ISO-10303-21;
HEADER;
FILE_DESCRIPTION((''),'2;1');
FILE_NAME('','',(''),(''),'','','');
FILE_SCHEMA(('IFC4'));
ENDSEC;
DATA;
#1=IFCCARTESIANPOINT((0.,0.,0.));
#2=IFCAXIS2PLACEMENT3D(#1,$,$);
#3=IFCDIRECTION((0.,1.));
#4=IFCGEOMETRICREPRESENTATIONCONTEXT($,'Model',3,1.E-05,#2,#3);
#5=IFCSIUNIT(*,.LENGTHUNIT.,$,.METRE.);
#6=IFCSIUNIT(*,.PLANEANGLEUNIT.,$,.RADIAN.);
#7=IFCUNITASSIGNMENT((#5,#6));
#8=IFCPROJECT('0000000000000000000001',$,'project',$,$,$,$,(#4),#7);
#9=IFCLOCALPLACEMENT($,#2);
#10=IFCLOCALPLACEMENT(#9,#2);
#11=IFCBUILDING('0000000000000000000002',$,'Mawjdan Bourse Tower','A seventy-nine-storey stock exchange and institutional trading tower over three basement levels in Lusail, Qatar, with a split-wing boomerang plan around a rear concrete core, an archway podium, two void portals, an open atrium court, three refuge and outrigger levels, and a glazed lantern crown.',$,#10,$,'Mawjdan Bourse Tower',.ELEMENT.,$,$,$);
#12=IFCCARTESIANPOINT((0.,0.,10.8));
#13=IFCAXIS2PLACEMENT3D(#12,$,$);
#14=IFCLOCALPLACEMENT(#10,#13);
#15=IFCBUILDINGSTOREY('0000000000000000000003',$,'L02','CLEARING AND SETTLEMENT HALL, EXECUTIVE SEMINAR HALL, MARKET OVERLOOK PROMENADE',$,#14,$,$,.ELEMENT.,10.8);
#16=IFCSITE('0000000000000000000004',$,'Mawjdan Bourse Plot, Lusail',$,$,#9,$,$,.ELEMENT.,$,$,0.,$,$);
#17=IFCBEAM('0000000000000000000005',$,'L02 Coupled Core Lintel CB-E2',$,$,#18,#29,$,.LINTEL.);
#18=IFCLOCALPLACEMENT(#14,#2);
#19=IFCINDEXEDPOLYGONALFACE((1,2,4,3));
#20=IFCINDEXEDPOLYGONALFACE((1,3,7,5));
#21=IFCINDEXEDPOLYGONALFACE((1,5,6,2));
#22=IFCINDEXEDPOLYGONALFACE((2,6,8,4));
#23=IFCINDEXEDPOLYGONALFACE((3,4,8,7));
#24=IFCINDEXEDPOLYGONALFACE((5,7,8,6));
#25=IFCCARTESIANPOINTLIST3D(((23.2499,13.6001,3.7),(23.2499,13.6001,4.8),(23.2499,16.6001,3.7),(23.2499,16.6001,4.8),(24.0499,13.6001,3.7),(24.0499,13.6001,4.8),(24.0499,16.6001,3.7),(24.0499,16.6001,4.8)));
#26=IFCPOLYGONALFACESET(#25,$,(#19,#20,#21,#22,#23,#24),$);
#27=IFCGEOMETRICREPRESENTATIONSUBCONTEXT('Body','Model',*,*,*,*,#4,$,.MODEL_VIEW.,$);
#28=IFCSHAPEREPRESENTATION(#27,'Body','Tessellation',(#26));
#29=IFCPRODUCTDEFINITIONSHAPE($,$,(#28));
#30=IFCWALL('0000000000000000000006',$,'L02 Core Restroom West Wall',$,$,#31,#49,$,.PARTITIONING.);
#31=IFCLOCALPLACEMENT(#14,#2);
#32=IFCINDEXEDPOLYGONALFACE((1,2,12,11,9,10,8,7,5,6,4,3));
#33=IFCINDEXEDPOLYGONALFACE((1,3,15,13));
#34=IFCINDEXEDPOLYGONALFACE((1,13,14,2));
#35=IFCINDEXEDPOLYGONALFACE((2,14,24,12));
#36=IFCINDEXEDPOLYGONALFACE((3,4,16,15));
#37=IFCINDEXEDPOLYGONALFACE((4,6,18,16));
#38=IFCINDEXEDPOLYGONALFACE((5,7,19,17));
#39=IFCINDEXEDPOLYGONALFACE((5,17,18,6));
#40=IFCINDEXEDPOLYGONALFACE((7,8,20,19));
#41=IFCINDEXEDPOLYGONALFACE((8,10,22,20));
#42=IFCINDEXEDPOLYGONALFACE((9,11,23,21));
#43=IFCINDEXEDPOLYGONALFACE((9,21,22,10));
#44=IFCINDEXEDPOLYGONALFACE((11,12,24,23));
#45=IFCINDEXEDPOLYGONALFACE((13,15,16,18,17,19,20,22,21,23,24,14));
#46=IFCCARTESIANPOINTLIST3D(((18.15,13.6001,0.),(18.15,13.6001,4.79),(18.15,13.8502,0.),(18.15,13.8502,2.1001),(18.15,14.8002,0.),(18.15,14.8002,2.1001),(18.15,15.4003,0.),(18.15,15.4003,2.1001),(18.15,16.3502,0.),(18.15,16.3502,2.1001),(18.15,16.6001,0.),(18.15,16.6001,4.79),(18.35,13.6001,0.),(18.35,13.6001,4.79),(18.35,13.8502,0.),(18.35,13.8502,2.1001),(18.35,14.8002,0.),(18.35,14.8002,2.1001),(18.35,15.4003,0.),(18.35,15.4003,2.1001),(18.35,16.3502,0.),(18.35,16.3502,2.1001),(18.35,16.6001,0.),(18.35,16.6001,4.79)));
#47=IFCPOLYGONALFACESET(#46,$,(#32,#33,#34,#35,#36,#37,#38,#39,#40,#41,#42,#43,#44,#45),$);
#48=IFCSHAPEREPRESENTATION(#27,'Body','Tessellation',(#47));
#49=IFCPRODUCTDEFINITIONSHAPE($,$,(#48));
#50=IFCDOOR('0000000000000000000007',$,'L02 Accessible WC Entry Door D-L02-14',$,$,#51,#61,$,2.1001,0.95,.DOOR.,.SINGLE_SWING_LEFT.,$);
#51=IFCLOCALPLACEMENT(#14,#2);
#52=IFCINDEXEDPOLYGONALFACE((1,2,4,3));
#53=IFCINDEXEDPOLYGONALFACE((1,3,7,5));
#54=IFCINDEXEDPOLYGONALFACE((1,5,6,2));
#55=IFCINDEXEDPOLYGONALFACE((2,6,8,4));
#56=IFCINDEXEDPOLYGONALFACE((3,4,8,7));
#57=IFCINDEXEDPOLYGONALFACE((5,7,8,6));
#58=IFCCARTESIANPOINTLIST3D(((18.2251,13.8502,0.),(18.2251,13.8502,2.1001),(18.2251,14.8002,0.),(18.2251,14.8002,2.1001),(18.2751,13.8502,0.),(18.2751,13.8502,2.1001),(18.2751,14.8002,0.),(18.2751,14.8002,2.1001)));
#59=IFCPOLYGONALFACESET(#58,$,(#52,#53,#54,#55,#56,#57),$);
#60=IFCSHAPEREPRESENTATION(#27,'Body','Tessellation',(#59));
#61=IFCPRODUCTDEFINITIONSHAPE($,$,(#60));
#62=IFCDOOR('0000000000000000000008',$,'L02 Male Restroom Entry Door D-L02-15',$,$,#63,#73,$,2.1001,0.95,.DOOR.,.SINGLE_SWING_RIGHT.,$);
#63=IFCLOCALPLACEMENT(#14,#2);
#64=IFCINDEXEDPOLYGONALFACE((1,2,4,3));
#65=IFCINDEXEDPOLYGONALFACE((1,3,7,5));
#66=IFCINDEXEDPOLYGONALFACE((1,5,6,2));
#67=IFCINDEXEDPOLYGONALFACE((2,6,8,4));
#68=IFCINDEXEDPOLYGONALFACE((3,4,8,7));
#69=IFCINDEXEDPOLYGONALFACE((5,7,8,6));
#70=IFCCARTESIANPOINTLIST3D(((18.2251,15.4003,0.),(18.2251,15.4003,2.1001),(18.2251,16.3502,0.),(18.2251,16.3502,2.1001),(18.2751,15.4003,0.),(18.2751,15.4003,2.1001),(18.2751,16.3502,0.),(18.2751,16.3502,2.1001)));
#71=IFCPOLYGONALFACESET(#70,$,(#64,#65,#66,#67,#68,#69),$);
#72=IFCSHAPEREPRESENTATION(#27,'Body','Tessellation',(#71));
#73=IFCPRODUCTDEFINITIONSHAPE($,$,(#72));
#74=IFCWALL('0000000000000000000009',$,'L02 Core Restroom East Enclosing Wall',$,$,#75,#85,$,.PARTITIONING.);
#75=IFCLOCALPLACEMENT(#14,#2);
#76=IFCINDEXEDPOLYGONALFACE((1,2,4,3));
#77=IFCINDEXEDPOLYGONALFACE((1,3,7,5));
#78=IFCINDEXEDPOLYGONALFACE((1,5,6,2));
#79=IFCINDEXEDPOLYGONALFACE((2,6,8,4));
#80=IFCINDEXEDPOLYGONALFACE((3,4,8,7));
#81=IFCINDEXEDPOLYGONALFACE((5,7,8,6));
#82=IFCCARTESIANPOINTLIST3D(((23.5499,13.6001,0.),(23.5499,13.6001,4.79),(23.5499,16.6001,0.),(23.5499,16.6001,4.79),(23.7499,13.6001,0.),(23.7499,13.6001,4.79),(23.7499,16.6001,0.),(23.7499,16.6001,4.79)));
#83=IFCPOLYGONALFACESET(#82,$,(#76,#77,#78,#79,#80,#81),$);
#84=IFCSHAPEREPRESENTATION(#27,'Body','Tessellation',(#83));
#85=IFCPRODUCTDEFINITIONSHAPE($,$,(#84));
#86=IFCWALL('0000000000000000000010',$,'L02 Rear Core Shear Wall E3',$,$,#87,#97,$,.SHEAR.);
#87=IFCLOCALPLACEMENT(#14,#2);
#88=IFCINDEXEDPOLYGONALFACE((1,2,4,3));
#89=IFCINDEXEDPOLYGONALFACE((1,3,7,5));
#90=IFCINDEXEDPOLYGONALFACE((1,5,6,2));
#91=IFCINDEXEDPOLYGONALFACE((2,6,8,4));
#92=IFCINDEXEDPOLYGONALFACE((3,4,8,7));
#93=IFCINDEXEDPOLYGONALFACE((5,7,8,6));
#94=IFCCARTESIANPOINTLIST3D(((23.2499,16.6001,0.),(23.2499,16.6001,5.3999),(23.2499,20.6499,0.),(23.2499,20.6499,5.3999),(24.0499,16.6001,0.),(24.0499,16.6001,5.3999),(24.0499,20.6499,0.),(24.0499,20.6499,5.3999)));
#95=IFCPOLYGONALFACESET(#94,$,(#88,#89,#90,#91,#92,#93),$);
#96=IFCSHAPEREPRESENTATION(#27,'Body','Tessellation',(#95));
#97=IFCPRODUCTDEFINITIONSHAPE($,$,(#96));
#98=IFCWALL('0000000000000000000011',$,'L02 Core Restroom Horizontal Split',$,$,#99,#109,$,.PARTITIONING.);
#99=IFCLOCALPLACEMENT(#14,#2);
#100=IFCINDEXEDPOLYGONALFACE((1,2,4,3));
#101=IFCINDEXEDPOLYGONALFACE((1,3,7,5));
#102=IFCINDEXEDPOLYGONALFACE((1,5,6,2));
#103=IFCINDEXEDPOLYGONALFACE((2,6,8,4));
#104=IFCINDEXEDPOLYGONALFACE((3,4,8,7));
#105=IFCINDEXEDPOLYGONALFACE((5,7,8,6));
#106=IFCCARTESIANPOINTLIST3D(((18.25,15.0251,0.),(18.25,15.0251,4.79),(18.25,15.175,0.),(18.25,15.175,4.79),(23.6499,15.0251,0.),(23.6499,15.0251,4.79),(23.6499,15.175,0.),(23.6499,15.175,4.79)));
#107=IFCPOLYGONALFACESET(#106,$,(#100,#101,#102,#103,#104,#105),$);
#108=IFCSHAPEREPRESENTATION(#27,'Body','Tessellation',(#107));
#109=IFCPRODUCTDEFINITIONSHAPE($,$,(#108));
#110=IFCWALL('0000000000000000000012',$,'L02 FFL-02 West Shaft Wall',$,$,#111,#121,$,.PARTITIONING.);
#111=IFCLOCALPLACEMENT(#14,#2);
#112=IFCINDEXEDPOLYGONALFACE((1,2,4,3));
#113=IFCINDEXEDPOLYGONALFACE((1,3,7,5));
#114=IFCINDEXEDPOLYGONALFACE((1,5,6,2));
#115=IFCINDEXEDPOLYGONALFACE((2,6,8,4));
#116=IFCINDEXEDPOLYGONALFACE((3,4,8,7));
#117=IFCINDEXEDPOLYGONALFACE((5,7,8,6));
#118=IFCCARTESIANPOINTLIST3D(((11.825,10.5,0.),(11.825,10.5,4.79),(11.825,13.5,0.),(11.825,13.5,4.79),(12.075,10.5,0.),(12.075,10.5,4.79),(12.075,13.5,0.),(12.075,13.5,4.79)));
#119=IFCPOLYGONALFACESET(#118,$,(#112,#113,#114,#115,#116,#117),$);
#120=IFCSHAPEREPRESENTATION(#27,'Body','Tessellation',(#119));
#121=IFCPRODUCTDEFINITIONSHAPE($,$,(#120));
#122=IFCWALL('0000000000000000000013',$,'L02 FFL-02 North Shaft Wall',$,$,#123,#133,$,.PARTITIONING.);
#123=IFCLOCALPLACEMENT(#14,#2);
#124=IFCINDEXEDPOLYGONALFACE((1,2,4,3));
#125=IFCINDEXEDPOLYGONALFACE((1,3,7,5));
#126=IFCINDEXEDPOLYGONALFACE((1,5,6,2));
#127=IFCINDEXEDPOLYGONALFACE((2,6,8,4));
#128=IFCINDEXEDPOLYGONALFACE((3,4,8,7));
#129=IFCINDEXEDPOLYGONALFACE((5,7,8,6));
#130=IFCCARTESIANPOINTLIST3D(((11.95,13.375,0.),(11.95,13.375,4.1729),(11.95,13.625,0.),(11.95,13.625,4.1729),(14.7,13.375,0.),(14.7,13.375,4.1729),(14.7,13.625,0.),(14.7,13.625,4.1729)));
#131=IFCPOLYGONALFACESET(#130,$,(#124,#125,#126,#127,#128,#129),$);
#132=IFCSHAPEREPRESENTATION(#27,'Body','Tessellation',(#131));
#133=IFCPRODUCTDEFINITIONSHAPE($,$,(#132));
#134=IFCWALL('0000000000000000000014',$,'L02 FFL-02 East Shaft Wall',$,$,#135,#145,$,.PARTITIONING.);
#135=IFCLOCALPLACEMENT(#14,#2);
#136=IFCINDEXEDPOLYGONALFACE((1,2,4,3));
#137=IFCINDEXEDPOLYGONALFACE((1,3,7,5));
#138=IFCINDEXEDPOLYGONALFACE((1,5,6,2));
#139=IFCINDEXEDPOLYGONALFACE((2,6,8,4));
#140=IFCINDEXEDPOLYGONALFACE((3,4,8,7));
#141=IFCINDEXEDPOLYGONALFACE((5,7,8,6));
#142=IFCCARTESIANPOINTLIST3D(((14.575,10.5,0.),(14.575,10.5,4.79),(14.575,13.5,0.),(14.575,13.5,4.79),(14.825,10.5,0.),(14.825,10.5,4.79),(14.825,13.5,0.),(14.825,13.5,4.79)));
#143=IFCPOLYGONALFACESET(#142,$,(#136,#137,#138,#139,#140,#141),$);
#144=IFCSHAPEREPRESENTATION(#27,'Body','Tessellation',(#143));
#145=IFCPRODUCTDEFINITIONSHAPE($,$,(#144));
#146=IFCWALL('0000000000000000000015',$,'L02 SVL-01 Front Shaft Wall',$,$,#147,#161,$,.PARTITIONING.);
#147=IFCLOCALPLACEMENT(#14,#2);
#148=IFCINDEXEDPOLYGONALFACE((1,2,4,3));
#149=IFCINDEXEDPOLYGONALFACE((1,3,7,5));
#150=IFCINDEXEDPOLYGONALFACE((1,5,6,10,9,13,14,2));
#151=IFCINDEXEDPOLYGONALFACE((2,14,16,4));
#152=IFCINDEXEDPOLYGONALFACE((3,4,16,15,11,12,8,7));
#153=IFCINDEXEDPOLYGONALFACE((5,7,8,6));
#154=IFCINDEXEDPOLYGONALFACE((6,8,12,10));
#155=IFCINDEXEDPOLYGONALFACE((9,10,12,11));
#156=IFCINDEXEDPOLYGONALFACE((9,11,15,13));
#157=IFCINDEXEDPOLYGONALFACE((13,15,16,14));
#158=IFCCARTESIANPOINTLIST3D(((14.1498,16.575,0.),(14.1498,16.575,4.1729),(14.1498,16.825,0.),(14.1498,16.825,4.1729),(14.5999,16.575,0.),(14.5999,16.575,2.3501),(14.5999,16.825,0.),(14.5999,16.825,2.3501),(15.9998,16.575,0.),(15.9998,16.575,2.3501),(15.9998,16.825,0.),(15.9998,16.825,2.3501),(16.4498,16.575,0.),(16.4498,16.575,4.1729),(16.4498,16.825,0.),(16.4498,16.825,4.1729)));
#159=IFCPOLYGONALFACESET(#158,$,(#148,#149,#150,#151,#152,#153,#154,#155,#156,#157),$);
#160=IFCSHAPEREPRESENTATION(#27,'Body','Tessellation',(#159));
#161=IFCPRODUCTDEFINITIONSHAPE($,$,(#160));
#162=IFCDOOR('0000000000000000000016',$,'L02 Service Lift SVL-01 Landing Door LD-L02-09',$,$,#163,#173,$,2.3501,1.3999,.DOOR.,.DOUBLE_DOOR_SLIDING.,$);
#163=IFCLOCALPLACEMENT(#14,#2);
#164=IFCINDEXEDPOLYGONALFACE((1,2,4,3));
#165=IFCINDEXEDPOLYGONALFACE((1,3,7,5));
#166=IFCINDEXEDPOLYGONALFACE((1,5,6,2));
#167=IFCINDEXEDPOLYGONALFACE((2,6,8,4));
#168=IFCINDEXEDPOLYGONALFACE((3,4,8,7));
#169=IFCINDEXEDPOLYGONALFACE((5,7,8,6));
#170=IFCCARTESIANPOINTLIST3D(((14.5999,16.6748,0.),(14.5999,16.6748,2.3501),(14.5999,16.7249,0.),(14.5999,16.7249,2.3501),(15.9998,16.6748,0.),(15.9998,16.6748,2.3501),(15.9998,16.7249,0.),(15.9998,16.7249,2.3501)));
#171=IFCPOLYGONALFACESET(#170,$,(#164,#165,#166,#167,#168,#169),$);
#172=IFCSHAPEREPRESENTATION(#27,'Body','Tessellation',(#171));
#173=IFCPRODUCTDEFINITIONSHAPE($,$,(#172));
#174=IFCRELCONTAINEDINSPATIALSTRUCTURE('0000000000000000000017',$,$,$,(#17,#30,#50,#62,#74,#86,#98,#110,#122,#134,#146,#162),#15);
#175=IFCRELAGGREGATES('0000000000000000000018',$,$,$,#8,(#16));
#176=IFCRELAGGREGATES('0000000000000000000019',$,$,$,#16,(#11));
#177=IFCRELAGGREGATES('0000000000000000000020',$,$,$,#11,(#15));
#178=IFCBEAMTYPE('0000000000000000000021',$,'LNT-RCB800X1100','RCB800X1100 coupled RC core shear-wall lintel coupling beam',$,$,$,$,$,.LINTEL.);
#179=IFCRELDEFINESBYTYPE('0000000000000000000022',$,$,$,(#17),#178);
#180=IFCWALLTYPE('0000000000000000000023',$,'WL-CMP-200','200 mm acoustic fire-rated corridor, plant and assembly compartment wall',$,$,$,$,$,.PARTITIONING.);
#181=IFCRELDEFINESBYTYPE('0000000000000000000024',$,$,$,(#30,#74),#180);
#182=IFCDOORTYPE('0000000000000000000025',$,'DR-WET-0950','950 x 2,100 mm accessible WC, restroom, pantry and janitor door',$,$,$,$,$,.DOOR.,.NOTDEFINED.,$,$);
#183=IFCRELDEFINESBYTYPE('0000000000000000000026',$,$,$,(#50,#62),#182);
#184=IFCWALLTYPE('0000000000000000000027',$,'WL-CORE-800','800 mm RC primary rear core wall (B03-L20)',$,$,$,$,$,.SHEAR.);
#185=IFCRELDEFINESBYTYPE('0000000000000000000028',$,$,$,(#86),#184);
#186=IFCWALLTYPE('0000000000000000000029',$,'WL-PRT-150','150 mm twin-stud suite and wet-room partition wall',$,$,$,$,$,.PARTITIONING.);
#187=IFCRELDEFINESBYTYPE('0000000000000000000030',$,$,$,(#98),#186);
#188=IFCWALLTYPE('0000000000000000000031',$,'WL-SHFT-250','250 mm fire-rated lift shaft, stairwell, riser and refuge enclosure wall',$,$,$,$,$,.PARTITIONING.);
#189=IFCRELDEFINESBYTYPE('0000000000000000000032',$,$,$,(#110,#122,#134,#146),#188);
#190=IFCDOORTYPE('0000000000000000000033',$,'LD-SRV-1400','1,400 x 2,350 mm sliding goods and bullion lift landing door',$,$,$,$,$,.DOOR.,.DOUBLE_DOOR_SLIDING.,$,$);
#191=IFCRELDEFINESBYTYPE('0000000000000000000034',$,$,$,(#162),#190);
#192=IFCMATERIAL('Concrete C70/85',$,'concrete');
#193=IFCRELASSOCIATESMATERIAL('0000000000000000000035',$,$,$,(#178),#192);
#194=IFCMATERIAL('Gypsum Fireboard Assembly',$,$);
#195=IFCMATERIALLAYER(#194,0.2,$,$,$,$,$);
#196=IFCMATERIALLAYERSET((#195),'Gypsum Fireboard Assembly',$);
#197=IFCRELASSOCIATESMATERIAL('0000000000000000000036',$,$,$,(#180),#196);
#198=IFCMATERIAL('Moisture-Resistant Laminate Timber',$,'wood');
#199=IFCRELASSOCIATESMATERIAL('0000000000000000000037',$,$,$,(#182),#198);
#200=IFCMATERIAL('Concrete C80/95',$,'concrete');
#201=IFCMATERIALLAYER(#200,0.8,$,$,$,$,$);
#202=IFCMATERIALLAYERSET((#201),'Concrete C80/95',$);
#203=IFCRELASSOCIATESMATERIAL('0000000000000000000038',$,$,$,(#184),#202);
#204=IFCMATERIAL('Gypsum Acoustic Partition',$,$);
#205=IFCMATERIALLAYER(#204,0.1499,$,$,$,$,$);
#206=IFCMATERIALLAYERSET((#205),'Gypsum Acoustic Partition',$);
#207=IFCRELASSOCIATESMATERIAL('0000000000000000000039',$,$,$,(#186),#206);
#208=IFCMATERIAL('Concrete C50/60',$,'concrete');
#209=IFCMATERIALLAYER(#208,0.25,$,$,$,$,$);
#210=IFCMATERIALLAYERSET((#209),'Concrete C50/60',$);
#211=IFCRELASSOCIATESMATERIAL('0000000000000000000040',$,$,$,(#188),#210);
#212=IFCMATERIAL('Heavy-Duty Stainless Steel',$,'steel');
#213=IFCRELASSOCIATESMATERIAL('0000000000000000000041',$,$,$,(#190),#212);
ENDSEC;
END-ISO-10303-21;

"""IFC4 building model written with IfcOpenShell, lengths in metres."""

from ifc_helpers import new_model, si_unit, direction, frame, frame_2d, origin, origin_2d, place, context, subcontext, project, spatial, rectangle, extrude, material, layer, layer_set, material_profile, profile_set, type_object, element, fill, save


model = new_model("IFC4")

# Units and contexts
model_context = context("Model", 3, precision=1e-05, world=origin(), true_north=direction((0.0, 1.0)))
body_context = subcontext(model_context, "Body", "Model", "MODEL_VIEW")
ifc_project = project(units=[si_unit("LENGTHUNIT", "METRE"), si_unit("PLANEANGLEUNIT", "RADIAN")], contexts=[model_context])

# Site, building, storey
site_placement = place(None, origin())
site = spatial("IfcSite", under=ifc_project, at=site_placement, Name="Mawjdan Bourse Plot, Lusail", CompositionType="ELEMENT", RefElevation=0.0)
building_placement = place(site_placement, origin())
building = spatial("IfcBuilding", under=site, at=building_placement, Name="Mawjdan Bourse Tower", Description="A seventy-nine-storey stock exchange and institutional trading tower over three basement levels in Lusail, Qatar, with a split-wing boomerang plan around a rear concrete core, an archway podium, two void portals, an open atrium court, three refuge and outrigger levels, and a glazed lantern crown.", LongName="Mawjdan Bourse Tower", CompositionType="ELEMENT")
storey_placement = place(building_placement, frame((0.0, 0.0, 10.8)))
storey = spatial("IfcBuildingStorey", under=building, at=storey_placement, Name="L02", Description="CLEARING AND SETTLEMENT HALL, EXECUTIVE SEMINAR HALL, MARKET OVERLOOK PROMENADE", CompositionType="ELEMENT", Elevation=10.8)

# Beam
ifc_material_1 = material(Name="Concrete C70/85", Category="concrete")
ifc_material_profile_1 = material_profile(ifc_material_1, rectangle(XDim=0.8, YDim=1.1001, at=origin_2d()), Name="RCB800X1100")
ifc_profile_set_1 = profile_set([ifc_material_profile_1], Name="Concrete C70/85")
beam_type_1 = type_object("IfcBeamType", Name="LNT-RCB800X1100", Description="RCB800X1100 coupled RC core shear-wall lintel coupling beam", PredefinedType="LINTEL", material=ifc_profile_set_1)
beam_1_placement = place(storey_placement, frame((23.6499, 13.6001, 4.25), z_axis=(0.0, 1.0, 0.0), x_axis=(-1.0, 0.0, 0.0)))
element("IfcBeam", 1, at=beam_1_placement, inside=storey, type_object=beam_type_1, Name="L02 Coupled Core Lintel CB-E2", PredefinedType="LINTEL", context=body_context, shape_type="SweptSolid", body=[
    extrude(rectangle(XDim=0.8, YDim=1.1001, at=origin_2d()), origin(), (0.0, 0.0, 1.0), 3.0),
])

# Wall, openings, doors
ifc_material_2 = material(Name="Gypsum Fireboard Assembly")
ifc_layer_1 = layer(ifc_material_2, 0.2)
ifc_layer_set_1 = layer_set([ifc_layer_1], Name="Gypsum Fireboard Assembly")
wall_type_1 = type_object("IfcWallType", Name="WL-CMP-200", Description="200 mm acoustic fire-rated corridor, plant and assembly compartment wall", PredefinedType="PARTITIONING", material=ifc_layer_set_1)
wall_1_placement = place(storey_placement, frame((18.25, 13.6001, 0.0), z_axis=(0.0, 0.0, 1.0), x_axis=(0.0, 1.0, 0.0)))
wall_1 = element("IfcWall", 2, at=wall_1_placement, inside=storey, type_object=wall_type_1, Name="L02 Core Restroom West Wall", PredefinedType="PARTITIONING", context=body_context, shape_type="SweptSolid", body=[
    extrude(rectangle(XDim=3.0, YDim=0.2, at=frame_2d((1.5, 0.0))), origin(), (0.0, 0.0, 1.0), 4.79),
])
opening_1_placement = place(wall_1_placement, frame((0.25, 0.0, 0.0)))
opening_1 = element("IfcOpeningElement", 3, at=opening_1_placement, cuts=wall_1, PredefinedType="OPENING", context=body_context, shape_type="SweptSolid", body=[
    extrude(rectangle(XDim=0.95, YDim=2.1001, at=frame_2d((0.4751, 1.05))), frame((0.0, 0.1099, 0.0), z_axis=(0.0, -1.0, 0.0), x_axis=(1.0, 0.0, 0.0)), (0.0, 0.0, 1.0), 0.22),
])
opening_2_placement = place(wall_1_placement, frame((1.8, 0.0, 0.0)))
opening_2 = element("IfcOpeningElement", 4, at=opening_2_placement, cuts=wall_1, PredefinedType="OPENING", context=body_context, shape_type="SweptSolid", body=[
    extrude(rectangle(XDim=0.95, YDim=2.1001, at=frame_2d((0.4751, 1.05))), frame((0.0, 0.1099, 0.0), z_axis=(0.0, -1.0, 0.0), x_axis=(1.0, 0.0, 0.0)), (0.0, 0.0, 1.0), 0.22),
])
ifc_material_3 = material(Name="Moisture-Resistant Laminate Timber", Category="wood")
door_type_1 = type_object("IfcDoorType", Name="DR-WET-0950", Description="950 x 2,100 mm accessible WC, restroom, pantry and janitor door", OperationType="NOTDEFINED", PredefinedType="DOOR", material=ifc_material_3)
door_1_placement = place(opening_1_placement, origin())
door_1 = element("IfcDoor", 5, at=door_1_placement, inside=storey, type_object=door_type_1, Name="L02 Accessible WC Entry Door D-L02-14", OperationType="SINGLE_SWING_LEFT", OverallHeight=2.1001, OverallWidth=0.95, PredefinedType="DOOR", context=body_context, shape_type="SweptSolid", body=[
    extrude(rectangle(XDim=0.95, YDim=2.1001, at=frame_2d((0.4751, 1.05))), frame((0.0, 0.0249, 0.0), z_axis=(0.0, -1.0, 0.0), x_axis=(1.0, 0.0, 0.0)), (0.0, 0.0, 1.0), 0.05),
])
fill(opening_1, door_1)
door_2_placement = place(opening_2_placement, origin())
door_2 = element("IfcDoor", 6, at=door_2_placement, inside=storey, type_object=door_type_1, Name="L02 Male Restroom Entry Door D-L02-15", OperationType="SINGLE_SWING_RIGHT", OverallHeight=2.1001, OverallWidth=0.95, PredefinedType="DOOR", context=body_context, shape_type="SweptSolid", body=[
    extrude(rectangle(XDim=0.95, YDim=2.1001, at=frame_2d((0.4751, 1.05))), frame((0.0, 0.0249, 0.0), z_axis=(0.0, -1.0, 0.0), x_axis=(1.0, 0.0, 0.0)), (0.0, 0.0, 1.0), 0.05),
])
fill(opening_2, door_2)

# Walls
wall_2_placement = place(storey_placement, frame((23.6499, 13.6001, 0.0), z_axis=(0.0, 0.0, 1.0), x_axis=(0.0, 1.0, 0.0)))
element("IfcWall", 7, at=wall_2_placement, inside=storey, type_object=wall_type_1, Name="L02 Core Restroom East Enclosing Wall", PredefinedType="PARTITIONING", context=body_context, shape_type="SweptSolid", body=[
    extrude(rectangle(XDim=3.0, YDim=0.2, at=frame_2d((1.5, 0.0))), origin(), (0.0, 0.0, 1.0), 4.79),
])
ifc_material_4 = material(Name="Concrete C80/95", Category="concrete")
ifc_layer_2 = layer(ifc_material_4, 0.8)
ifc_layer_set_2 = layer_set([ifc_layer_2], Name="Concrete C80/95")
wall_type_2 = type_object("IfcWallType", Name="WL-CORE-800", Description="800 mm RC primary rear core wall (B03-L20)", PredefinedType="SHEAR", material=ifc_layer_set_2)
wall_3_placement = place(storey_placement, frame((23.6499, 16.6001, 0.0), z_axis=(0.0, 0.0, 1.0), x_axis=(0.0, 1.0, 0.0)))
element("IfcWall", 8, at=wall_3_placement, inside=storey, type_object=wall_type_2, Name="L02 Rear Core Shear Wall E3", PredefinedType="SHEAR", context=body_context, shape_type="SweptSolid", body=[
    extrude(rectangle(XDim=4.0498, YDim=0.8, at=frame_2d((2.0249, 0.0))), origin(), (0.0, 0.0, 1.0), 5.3999),
])
ifc_material_5 = material(Name="Gypsum Acoustic Partition")
ifc_layer_3 = layer(ifc_material_5, 0.1499)
ifc_layer_set_3 = layer_set([ifc_layer_3], Name="Gypsum Acoustic Partition")
wall_type_3 = type_object("IfcWallType", Name="WL-PRT-150", Description="150 mm twin-stud suite and wet-room partition wall", PredefinedType="PARTITIONING", material=ifc_layer_set_3)
wall_4_placement = place(storey_placement, frame((18.25, 15.1001, 0.0), z_axis=(0.0, 0.0, 1.0), x_axis=(1.0, 0.0, 0.0)))
element("IfcWall", 9, at=wall_4_placement, inside=storey, type_object=wall_type_3, Name="L02 Core Restroom Horizontal Split", PredefinedType="PARTITIONING", context=body_context, shape_type="SweptSolid", body=[
    extrude(rectangle(XDim=5.3999, YDim=0.1499, at=frame_2d((2.7, 0.0))), origin(), (0.0, 0.0, 1.0), 4.79),
])
ifc_material_6 = material(Name="Concrete C50/60", Category="concrete")
ifc_layer_4 = layer(ifc_material_6, 0.25)
ifc_layer_set_4 = layer_set([ifc_layer_4], Name="Concrete C50/60")
wall_type_4 = type_object("IfcWallType", Name="WL-SHFT-250", Description="250 mm fire-rated lift shaft, stairwell, riser and refuge enclosure wall", PredefinedType="PARTITIONING", material=ifc_layer_set_4)
wall_5_placement = place(storey_placement, frame((11.95, 10.5, 0.0), z_axis=(0.0, 0.0, 1.0), x_axis=(0.0, 1.0, 0.0)))
element("IfcWall", 10, at=wall_5_placement, inside=storey, type_object=wall_type_4, Name="L02 FFL-02 West Shaft Wall", PredefinedType="PARTITIONING", context=body_context, shape_type="SweptSolid", body=[
    extrude(rectangle(XDim=3.0, YDim=0.25, at=frame_2d((1.5, 0.0))), origin(), (0.0, 0.0, 1.0), 4.79),
])
wall_6_placement = place(storey_placement, frame((11.95, 13.5, 0.0), z_axis=(0.0, 0.0, 1.0), x_axis=(1.0, 0.0, 0.0)))
element("IfcWall", 11, at=wall_6_placement, inside=storey, type_object=wall_type_4, Name="L02 FFL-02 North Shaft Wall", PredefinedType="PARTITIONING", context=body_context, shape_type="SweptSolid", body=[
    extrude(rectangle(XDim=2.75, YDim=0.25, at=frame_2d((1.375, 0.0))), origin(), (0.0, 0.0, 1.0), 4.1729),
])
wall_7_placement = place(storey_placement, frame((14.7, 10.5, 0.0), z_axis=(0.0, 0.0, 1.0), x_axis=(0.0, 1.0, 0.0)))
element("IfcWall", 12, at=wall_7_placement, inside=storey, type_object=wall_type_4, Name="L02 FFL-02 East Shaft Wall", PredefinedType="PARTITIONING", context=body_context, shape_type="SweptSolid", body=[
    extrude(rectangle(XDim=3.0, YDim=0.25, at=frame_2d((1.5, 0.0))), origin(), (0.0, 0.0, 1.0), 4.79),
])

# Wall, opening, door
wall_8_placement = place(storey_placement, frame((14.1499, 16.7, 0.0), z_axis=(0.0, 0.0, 1.0), x_axis=(1.0, 0.0, 0.0)))
wall_8 = element("IfcWall", 13, at=wall_8_placement, inside=storey, type_object=wall_type_4, Name="L02 SVL-01 Front Shaft Wall", PredefinedType="PARTITIONING", context=body_context, shape_type="SweptSolid", body=[
    extrude(rectangle(XDim=2.3, YDim=0.25, at=frame_2d((1.1499, 0.0))), origin(), (0.0, 0.0, 1.0), 4.1729),
])
opening_3_placement = place(wall_8_placement, frame((0.45, 0.0, 0.0)))
opening_3 = element("IfcOpeningElement", 14, at=opening_3_placement, cuts=wall_8, PredefinedType="OPENING", context=body_context, shape_type="SweptSolid", body=[
    extrude(rectangle(XDim=1.3999, YDim=2.3501, at=frame_2d((0.7, 1.175))), frame((0.0, 0.135, 0.0), z_axis=(0.0, -1.0, 0.0), x_axis=(1.0, 0.0, 0.0)), (0.0, 0.0, 1.0), 0.27),
])
ifc_material_7 = material(Name="Heavy-Duty Stainless Steel", Category="steel")
door_type_2 = type_object("IfcDoorType", Name="LD-SRV-1400", Description="1,400 x 2,350 mm sliding goods and bullion lift landing door", OperationType="DOUBLE_DOOR_SLIDING", PredefinedType="DOOR", material=ifc_material_7)
door_3_placement = place(opening_3_placement, origin())
door_3 = element("IfcDoor", 15, at=door_3_placement, inside=storey, type_object=door_type_2, Name="L02 Service Lift SVL-01 Landing Door LD-L02-09", OperationType="DOUBLE_DOOR_SLIDING", OverallHeight=2.3501, OverallWidth=1.3999, PredefinedType="DOOR", context=body_context, shape_type="SweptSolid", body=[
    extrude(rectangle(XDim=1.3999, YDim=2.3501, at=frame_2d((0.7, 1.175))), frame((0.0, 0.0249, 0.0), z_axis=(0.0, -1.0, 0.0), x_axis=(1.0, 0.0, 0.0)), (0.0, 0.0, 1.0), 0.05),
])
fill(opening_3, door_3)

save(model, "model.ifc")
